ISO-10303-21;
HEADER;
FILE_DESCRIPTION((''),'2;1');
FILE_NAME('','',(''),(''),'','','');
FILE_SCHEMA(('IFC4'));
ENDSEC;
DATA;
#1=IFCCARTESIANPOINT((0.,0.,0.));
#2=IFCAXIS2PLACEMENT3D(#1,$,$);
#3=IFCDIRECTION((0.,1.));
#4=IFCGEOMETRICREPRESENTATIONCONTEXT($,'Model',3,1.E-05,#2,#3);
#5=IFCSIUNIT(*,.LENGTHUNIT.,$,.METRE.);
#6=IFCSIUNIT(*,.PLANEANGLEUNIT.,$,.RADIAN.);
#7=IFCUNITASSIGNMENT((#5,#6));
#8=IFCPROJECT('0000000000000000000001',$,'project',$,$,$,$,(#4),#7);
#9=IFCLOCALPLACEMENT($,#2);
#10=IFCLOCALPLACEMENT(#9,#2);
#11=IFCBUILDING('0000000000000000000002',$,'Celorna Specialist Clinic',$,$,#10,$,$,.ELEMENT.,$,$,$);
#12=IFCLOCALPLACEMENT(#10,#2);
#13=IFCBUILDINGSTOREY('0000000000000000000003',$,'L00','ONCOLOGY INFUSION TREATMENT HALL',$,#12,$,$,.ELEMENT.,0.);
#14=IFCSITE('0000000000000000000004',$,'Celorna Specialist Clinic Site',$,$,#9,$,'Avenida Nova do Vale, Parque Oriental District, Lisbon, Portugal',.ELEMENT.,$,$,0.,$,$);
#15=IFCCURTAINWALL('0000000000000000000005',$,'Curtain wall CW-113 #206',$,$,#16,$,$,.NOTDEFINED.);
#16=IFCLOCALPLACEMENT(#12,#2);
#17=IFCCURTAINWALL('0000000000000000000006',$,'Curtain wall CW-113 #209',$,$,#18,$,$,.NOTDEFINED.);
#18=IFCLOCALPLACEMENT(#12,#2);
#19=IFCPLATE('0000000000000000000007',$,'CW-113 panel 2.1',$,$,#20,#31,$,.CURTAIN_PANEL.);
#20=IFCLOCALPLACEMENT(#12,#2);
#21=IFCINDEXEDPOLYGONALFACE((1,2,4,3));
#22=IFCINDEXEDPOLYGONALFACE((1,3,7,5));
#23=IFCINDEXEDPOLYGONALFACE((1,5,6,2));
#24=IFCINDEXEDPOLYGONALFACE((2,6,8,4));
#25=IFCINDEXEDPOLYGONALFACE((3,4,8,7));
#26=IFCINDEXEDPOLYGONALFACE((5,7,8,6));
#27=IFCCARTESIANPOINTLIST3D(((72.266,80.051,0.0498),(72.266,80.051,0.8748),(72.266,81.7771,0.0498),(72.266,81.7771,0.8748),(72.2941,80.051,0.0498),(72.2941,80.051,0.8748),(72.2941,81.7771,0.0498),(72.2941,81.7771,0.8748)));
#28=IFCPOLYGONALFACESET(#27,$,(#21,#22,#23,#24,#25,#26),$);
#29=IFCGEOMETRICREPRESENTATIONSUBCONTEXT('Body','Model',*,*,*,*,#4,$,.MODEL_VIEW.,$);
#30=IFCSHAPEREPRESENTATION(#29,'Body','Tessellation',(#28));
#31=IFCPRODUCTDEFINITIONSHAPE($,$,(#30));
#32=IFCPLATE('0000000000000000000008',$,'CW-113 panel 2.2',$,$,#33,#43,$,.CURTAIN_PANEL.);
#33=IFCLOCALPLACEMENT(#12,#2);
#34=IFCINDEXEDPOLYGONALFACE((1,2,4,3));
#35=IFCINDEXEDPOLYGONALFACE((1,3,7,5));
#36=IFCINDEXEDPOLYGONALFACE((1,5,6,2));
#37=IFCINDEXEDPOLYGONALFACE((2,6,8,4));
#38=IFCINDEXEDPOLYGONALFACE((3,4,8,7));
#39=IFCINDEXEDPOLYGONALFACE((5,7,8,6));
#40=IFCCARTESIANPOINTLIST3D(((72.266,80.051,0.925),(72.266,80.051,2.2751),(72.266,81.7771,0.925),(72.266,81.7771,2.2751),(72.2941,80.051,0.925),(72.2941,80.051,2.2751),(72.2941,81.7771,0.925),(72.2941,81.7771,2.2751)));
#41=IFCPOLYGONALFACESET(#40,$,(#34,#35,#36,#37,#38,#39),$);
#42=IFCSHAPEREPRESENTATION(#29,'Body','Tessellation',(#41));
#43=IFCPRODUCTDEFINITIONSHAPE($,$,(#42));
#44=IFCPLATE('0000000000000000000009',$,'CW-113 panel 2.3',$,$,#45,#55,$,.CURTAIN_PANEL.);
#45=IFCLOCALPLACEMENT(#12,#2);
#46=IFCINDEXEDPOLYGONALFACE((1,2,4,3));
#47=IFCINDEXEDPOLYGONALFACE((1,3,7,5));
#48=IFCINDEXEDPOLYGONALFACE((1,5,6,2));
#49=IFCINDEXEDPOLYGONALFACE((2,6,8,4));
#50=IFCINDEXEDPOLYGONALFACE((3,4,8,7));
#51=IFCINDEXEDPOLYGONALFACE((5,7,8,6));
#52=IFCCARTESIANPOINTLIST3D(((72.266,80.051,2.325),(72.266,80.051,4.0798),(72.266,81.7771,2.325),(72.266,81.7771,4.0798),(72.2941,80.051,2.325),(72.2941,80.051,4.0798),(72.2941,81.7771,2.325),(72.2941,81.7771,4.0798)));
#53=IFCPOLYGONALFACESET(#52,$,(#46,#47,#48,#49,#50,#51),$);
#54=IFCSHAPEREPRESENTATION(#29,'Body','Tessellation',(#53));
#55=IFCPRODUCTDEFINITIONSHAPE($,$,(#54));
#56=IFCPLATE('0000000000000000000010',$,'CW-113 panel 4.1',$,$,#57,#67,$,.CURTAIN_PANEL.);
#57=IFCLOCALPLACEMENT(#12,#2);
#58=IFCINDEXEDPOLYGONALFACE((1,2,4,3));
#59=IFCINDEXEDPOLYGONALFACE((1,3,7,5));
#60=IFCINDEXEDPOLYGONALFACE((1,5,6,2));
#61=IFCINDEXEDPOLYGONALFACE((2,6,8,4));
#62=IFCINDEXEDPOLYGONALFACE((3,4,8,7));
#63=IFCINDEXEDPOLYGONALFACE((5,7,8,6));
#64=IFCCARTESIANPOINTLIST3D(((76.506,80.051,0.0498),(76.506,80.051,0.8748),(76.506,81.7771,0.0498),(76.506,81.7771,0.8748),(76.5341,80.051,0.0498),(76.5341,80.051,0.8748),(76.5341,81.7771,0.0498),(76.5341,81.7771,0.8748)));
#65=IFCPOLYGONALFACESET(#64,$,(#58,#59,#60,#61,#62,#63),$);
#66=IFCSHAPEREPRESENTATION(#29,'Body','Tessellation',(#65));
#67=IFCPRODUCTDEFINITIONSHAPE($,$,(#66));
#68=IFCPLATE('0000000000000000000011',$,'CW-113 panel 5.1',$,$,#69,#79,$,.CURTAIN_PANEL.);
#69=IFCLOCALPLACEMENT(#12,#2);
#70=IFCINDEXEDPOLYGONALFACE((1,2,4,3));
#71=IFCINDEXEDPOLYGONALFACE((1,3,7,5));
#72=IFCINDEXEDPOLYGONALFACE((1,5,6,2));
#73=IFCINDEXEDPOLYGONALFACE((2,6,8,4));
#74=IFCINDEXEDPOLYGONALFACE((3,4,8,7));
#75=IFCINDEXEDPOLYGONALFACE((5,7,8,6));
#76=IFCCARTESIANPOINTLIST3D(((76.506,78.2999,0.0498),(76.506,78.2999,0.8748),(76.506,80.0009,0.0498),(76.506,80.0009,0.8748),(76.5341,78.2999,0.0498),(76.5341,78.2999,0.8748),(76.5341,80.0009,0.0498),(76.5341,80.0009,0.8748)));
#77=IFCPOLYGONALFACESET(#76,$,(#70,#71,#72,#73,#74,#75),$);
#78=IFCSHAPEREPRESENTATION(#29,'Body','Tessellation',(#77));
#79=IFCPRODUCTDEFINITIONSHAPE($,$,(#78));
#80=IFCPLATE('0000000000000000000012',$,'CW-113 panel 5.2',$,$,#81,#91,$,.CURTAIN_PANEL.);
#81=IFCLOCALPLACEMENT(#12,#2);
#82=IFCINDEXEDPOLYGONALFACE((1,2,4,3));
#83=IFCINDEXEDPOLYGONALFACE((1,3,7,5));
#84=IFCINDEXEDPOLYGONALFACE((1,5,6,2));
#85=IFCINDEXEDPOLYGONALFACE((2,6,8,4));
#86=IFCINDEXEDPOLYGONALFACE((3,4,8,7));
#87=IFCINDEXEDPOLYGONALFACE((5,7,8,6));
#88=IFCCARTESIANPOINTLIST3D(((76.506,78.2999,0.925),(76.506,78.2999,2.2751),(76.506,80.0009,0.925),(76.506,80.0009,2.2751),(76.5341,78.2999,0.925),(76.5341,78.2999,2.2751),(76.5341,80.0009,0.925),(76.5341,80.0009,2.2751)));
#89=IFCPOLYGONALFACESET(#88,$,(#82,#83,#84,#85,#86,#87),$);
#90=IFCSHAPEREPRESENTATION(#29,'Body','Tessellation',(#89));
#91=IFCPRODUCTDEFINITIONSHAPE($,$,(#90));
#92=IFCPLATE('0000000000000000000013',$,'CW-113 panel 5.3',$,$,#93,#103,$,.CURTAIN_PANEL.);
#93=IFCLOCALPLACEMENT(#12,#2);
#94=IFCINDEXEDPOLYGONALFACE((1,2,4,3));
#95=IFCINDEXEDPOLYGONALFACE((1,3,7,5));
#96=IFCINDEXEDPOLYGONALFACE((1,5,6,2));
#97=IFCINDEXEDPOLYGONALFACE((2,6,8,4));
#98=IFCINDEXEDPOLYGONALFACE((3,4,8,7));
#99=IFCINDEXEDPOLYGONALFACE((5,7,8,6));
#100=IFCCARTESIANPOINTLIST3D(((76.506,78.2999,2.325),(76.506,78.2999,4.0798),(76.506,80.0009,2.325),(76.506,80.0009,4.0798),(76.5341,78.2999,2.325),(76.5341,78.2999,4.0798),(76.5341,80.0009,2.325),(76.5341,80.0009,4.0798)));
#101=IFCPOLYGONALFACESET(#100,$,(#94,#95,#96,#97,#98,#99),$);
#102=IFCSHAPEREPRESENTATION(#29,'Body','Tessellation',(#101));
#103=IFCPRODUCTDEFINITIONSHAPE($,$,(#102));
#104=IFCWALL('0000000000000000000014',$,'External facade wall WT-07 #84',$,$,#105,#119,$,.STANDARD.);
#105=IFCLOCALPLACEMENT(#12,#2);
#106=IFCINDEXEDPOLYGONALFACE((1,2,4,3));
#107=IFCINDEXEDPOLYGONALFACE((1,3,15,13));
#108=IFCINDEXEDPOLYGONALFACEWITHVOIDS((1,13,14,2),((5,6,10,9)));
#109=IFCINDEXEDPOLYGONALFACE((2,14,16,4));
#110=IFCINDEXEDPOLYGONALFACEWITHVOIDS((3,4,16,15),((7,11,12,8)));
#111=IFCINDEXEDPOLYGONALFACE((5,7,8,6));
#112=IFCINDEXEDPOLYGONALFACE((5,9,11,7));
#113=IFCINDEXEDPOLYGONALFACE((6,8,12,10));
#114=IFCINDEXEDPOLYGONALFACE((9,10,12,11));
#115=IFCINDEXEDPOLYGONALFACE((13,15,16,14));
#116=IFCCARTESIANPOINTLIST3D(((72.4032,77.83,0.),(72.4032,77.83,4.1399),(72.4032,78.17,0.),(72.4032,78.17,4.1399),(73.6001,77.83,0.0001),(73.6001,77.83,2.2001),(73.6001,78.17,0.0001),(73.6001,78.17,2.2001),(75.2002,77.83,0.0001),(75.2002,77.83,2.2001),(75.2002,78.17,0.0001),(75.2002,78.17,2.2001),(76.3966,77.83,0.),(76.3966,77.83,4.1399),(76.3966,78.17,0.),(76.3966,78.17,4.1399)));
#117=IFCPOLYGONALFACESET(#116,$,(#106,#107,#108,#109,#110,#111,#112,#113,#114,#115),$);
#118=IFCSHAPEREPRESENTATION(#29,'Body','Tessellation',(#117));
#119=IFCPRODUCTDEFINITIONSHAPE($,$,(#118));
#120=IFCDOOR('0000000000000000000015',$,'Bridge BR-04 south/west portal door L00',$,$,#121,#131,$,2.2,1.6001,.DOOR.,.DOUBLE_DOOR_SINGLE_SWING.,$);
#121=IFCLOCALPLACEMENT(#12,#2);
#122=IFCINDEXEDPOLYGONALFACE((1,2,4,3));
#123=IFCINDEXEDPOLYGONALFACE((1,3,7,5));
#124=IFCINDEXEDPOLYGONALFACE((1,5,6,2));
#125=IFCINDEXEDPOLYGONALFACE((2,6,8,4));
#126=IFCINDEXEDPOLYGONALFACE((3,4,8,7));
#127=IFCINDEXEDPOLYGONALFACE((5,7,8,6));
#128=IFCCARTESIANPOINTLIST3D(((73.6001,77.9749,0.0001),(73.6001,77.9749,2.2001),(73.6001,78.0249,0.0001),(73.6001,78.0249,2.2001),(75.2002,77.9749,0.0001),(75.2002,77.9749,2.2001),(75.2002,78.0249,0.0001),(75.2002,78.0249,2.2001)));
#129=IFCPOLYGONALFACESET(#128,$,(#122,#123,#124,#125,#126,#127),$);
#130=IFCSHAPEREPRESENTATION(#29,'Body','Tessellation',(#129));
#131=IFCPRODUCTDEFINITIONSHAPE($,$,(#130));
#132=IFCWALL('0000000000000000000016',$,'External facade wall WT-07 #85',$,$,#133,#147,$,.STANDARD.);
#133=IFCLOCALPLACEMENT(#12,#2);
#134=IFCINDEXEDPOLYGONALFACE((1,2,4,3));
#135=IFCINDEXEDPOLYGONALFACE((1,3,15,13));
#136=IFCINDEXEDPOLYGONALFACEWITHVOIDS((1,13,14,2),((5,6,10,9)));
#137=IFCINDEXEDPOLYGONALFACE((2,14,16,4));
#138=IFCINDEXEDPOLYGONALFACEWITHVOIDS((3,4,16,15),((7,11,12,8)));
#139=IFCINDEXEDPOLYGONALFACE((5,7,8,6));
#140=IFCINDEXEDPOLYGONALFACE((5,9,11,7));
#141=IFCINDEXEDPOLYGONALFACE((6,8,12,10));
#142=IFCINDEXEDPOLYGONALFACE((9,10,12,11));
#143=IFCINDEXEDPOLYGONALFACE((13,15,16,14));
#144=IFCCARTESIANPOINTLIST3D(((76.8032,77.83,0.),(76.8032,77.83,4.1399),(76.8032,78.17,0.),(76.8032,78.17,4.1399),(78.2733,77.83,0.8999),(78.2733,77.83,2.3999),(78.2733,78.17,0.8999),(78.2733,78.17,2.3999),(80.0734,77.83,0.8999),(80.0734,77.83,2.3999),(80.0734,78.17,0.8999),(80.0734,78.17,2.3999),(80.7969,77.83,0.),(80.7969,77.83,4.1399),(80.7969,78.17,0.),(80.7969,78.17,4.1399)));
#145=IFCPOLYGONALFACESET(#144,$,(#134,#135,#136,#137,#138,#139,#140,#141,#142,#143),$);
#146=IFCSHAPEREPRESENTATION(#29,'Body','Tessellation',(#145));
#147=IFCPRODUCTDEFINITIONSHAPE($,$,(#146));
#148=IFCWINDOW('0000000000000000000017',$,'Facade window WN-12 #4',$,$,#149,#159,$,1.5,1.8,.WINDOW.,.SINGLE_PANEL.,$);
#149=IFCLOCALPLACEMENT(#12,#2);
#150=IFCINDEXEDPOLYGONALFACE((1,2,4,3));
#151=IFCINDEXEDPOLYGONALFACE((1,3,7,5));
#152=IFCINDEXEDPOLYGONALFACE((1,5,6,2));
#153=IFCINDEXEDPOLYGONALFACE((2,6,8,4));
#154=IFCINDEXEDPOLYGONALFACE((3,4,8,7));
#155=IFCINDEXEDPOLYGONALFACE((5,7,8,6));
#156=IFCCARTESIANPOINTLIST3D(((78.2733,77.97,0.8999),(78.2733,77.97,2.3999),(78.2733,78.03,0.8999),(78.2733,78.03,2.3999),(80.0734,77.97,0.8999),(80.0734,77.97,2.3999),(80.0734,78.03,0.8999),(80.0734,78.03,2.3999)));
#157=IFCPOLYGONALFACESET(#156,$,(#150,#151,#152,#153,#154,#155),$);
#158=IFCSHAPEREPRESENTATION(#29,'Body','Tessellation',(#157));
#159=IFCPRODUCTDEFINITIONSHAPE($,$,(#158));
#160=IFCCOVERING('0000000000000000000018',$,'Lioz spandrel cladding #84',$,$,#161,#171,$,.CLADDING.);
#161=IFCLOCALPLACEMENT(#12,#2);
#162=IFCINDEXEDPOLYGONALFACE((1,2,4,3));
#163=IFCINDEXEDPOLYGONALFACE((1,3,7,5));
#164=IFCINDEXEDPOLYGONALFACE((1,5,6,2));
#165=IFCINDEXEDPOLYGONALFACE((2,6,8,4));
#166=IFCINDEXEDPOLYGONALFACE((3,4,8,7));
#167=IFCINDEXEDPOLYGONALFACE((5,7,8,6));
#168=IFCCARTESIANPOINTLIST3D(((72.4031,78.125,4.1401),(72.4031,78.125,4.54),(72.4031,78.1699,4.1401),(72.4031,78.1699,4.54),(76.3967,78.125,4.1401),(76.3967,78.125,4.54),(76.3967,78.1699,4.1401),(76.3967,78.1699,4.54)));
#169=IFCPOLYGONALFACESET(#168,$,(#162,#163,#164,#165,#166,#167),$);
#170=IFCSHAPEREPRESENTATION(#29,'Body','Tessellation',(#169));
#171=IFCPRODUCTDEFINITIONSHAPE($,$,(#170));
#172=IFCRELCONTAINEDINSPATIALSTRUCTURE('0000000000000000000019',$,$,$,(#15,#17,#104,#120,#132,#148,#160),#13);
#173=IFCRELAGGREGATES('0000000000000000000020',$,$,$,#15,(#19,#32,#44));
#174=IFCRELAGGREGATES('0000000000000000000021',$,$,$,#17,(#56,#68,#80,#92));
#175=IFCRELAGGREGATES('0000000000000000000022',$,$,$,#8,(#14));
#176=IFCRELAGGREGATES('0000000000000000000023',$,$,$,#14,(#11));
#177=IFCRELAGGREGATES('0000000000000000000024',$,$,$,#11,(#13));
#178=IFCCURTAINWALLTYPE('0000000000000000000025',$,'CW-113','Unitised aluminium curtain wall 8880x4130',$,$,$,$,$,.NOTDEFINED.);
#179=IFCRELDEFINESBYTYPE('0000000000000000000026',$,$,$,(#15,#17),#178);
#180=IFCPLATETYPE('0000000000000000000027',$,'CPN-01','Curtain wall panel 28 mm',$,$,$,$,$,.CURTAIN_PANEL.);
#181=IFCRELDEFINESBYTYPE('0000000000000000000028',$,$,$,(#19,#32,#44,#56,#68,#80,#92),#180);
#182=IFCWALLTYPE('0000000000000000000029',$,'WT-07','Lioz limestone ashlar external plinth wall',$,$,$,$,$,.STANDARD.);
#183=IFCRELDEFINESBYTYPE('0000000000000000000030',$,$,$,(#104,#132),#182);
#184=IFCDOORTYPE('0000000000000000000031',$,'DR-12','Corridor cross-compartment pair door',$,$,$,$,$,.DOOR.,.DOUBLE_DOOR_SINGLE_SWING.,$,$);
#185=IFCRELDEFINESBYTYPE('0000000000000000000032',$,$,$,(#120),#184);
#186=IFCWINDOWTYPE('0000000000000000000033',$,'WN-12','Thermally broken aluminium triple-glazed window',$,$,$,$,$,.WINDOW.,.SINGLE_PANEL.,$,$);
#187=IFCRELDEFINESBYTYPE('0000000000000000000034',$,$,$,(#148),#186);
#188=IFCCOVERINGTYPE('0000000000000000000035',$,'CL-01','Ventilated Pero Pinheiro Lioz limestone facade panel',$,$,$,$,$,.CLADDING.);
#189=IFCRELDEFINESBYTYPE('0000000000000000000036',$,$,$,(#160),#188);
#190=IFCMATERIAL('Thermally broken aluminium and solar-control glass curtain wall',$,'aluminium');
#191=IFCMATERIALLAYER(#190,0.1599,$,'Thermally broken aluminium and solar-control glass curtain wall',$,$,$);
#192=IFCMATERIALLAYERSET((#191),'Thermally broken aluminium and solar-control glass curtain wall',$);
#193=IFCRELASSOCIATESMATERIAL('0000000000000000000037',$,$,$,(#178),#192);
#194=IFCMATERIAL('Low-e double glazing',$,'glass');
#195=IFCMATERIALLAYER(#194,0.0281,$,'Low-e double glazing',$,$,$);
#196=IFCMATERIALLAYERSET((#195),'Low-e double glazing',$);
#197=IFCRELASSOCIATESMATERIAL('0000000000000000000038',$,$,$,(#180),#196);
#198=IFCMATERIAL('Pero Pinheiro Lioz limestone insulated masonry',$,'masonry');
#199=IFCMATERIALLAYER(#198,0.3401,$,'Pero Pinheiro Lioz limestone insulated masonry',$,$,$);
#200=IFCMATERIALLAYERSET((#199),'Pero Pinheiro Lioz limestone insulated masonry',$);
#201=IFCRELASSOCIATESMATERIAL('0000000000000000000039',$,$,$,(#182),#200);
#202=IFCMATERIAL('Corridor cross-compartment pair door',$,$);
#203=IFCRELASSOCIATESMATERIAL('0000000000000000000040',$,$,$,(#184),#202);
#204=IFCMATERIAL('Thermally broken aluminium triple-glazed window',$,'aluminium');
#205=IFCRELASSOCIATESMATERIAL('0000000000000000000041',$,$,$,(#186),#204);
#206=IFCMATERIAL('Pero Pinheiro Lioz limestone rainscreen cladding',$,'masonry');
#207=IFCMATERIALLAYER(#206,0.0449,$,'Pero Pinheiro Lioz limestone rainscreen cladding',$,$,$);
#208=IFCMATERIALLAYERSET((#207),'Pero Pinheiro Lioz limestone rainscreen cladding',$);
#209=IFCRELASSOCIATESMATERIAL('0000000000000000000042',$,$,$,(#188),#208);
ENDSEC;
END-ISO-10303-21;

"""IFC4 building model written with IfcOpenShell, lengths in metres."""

from ifc_helpers import new_model, si_unit, direction, frame, frame_2d, origin, origin_2d, place, context, subcontext, project, spatial, rectangle, extrude, material, layer, layer_set, type_object, element, fill, aggregate, save


model = new_model("IFC4")

# Units and contexts
model_context = context("Model", 3, precision=1e-05, world=origin(), true_north=direction((0.0, 1.0)))
body_context = subcontext(model_context, "Body", "Model", "MODEL_VIEW")
ifc_project = project(units=[si_unit("LENGTHUNIT", "METRE"), si_unit("PLANEANGLEUNIT", "RADIAN")], contexts=[model_context])

# Site, building, storey
site_placement = place(None, origin())
site = spatial("IfcSite", under=ifc_project, at=site_placement, Name="Celorna Specialist Clinic Site", LongName="Avenida Nova do Vale, Parque Oriental District, Lisbon, Portugal", CompositionType="ELEMENT", RefElevation=0.0)
building_placement = place(site_placement, origin())
building = spatial("IfcBuilding", under=site, at=building_placement, Name="Celorna Specialist Clinic", CompositionType="ELEMENT")
storey_placement = place(building_placement, origin())
storey = spatial("IfcBuildingStorey", under=building, at=storey_placement, Name="L00", Description="ONCOLOGY INFUSION TREATMENT HALL", CompositionType="ELEMENT", Elevation=0.0)

# Curtain wall
ifc_material_1 = material(Name="Thermally broken aluminium and solar-control glass curtain wall", Category="aluminium")
ifc_layer_1 = layer(ifc_material_1, 0.1599, Name="Thermally broken aluminium and solar-control glass curtain wall")
ifc_layer_set_1 = layer_set([ifc_layer_1], Name="Thermally broken aluminium and solar-control glass curtain wall")
curtain_wall_type = type_object("IfcCurtainWallType", Name="CW-113", Description="Unitised aluminium curtain wall 8880x4130", PredefinedType="NOTDEFINED", material=ifc_layer_set_1)
curtain_wall_1_placement = place(storey_placement, origin())
curtain_wall_1 = element("IfcCurtainWall", 1, at=curtain_wall_1_placement, inside=storey, type_object=curtain_wall_type, Name="Curtain wall CW-113 #206", PredefinedType="NOTDEFINED")

# Curtain wall
curtain_wall_2_placement = place(storey_placement, origin())
curtain_wall_2 = element("IfcCurtainWall", 2, at=curtain_wall_2_placement, inside=storey, type_object=curtain_wall_type, Name="Curtain wall CW-113 #209", PredefinedType="NOTDEFINED")

# Plates
ifc_material_2 = material(Name="Low-e double glazing", Category="glass")
ifc_layer_2 = layer(ifc_material_2, 0.0281, Name="Low-e double glazing")
ifc_layer_set_2 = layer_set([ifc_layer_2], Name="Low-e double glazing")
plate_type = type_object("IfcPlateType", Name="CPN-01", Description="Curtain wall panel 28 mm", PredefinedType="CURTAIN_PANEL", material=ifc_layer_set_2)
plate_1_placement = place(storey_placement, frame((72.28, 80.9141, 0.0498), z_axis=(0.0, 0.0, 1.0), x_axis=(0.0, 1.0, 0.0)))
plate_1 = element("IfcPlate", 3, at=plate_1_placement, type_object=plate_type, Name="CW-113 panel 2.1", PredefinedType="CURTAIN_PANEL", context=body_context, shape_type="SweptSolid", body=[
    extrude(rectangle(XDim=1.7261, YDim=0.0281, at=origin_2d()), origin(), (0.0, 0.0, 1.0), 0.825),
])
plate_2_placement = place(storey_placement, frame((72.28, 80.9141, 0.925), z_axis=(0.0, 0.0, 1.0), x_axis=(0.0, 1.0, 0.0)))
plate_2 = element("IfcPlate", 4, at=plate_2_placement, type_object=plate_type, Name="CW-113 panel 2.2", PredefinedType="CURTAIN_PANEL", context=body_context, shape_type="SweptSolid", body=[
    extrude(rectangle(XDim=1.7261, YDim=0.0281, at=origin_2d()), origin(), (0.0, 0.0, 1.0), 1.3501),
])
plate_3_placement = place(storey_placement, frame((72.28, 80.9141, 2.325), z_axis=(0.0, 0.0, 1.0), x_axis=(0.0, 1.0, 0.0)))
plate_3 = element("IfcPlate", 5, at=plate_3_placement, type_object=plate_type, Name="CW-113 panel 2.3", PredefinedType="CURTAIN_PANEL", context=body_context, shape_type="SweptSolid", body=[
    extrude(rectangle(XDim=1.7261, YDim=0.0281, at=origin_2d()), origin(), (0.0, 0.0, 1.0), 1.7549),
])
aggregate(curtain_wall_1, [plate_1, plate_2, plate_3])
plate_4_placement = place(storey_placement, frame((76.52, 80.9141, 0.0498), z_axis=(0.0, 0.0, 1.0), x_axis=(0.0, -1.0, 0.0)))
plate_4 = element("IfcPlate", 6, at=plate_4_placement, type_object=plate_type, Name="CW-113 panel 4.1", PredefinedType="CURTAIN_PANEL", context=body_context, shape_type="SweptSolid", body=[
    extrude(rectangle(XDim=1.7261, YDim=0.0281, at=origin_2d()), origin(), (0.0, 0.0, 1.0), 0.825),
])
plate_5_placement = place(storey_placement, frame((76.52, 79.1504, 0.0498), z_axis=(0.0, 0.0, 1.0), x_axis=(0.0, -1.0, 0.0)))
plate_5 = element("IfcPlate", 7, at=plate_5_placement, type_object=plate_type, Name="CW-113 panel 5.1", PredefinedType="CURTAIN_PANEL", context=body_context, shape_type="SweptSolid", body=[
    extrude(rectangle(XDim=1.7009, YDim=0.0281, at=origin_2d()), origin(), (0.0, 0.0, 1.0), 0.825),
])
plate_6_placement = place(storey_placement, frame((76.52, 79.1504, 0.925), z_axis=(0.0, 0.0, 1.0), x_axis=(0.0, -1.0, 0.0)))
plate_6 = element("IfcPlate", 8, at=plate_6_placement, type_object=plate_type, Name="CW-113 panel 5.2", PredefinedType="CURTAIN_PANEL", context=body_context, shape_type="SweptSolid", body=[
    extrude(rectangle(XDim=1.7009, YDim=0.0281, at=origin_2d()), origin(), (0.0, 0.0, 1.0), 1.3501),
])
plate_7_placement = place(storey_placement, frame((76.52, 79.1504, 2.325), z_axis=(0.0, 0.0, 1.0), x_axis=(0.0, -1.0, 0.0)))
plate_7 = element("IfcPlate", 9, at=plate_7_placement, type_object=plate_type, Name="CW-113 panel 5.3", PredefinedType="CURTAIN_PANEL", context=body_context, shape_type="SweptSolid", body=[
    extrude(rectangle(XDim=1.7009, YDim=0.0281, at=origin_2d()), origin(), (0.0, 0.0, 1.0), 1.7549),
])
aggregate(curtain_wall_2, [plate_4, plate_5, plate_6, plate_7])

# Wall, opening, door
ifc_material_3 = material(Name="Pero Pinheiro Lioz limestone insulated masonry", Category="masonry")
ifc_layer_3 = layer(ifc_material_3, 0.3401, Name="Pero Pinheiro Lioz limestone insulated masonry")
ifc_layer_set_3 = layer_set([ifc_layer_3], Name="Pero Pinheiro Lioz limestone insulated masonry")
wall_type = type_object("IfcWallType", Name="WT-07", Description="Lioz limestone ashlar external plinth wall", PredefinedType="STANDARD", material=ifc_layer_set_3)
wall_1_placement = place(storey_placement, frame((72.4033, 78.0, 0.0), z_axis=(0.0, 0.0, 1.0), x_axis=(1.0, 0.0, 0.0)))
wall_1 = element("IfcWall", 10, at=wall_1_placement, inside=storey, type_object=wall_type, Name="External facade wall WT-07 #84", PredefinedType="STANDARD", context=body_context, shape_type="SweptSolid", body=[
    extrude(rectangle(XDim=3.9934, YDim=0.3401, at=frame_2d((1.9966, 0.0))), origin(), (0.0, 0.0, 1.0), 4.1399),
])
opening_1_placement = place(wall_1_placement, frame((1.1968, 0.0, 0.0)))
opening_1 = element("IfcOpeningElement", 11, at=opening_1_placement, cuts=wall_1, PredefinedType="OPENING", context=body_context, shape_type="SweptSolid", body=[
    extrude(rectangle(XDim=1.6001, YDim=2.2, at=frame_2d((0.8, 1.1001))), frame((0.0, 0.1799, 0.0), z_axis=(0.0, -1.0, 0.0), x_axis=(1.0, 0.0, 0.0)), (0.0, 0.0, 1.0), 0.3601),
])
ifc_material_4 = material(Name="Corridor cross-compartment pair door")
door_type = type_object("IfcDoorType", Name="DR-12", Description="Corridor cross-compartment pair door", OperationType="DOUBLE_DOOR_SINGLE_SWING", PredefinedType="DOOR", material=ifc_material_4)
door_placement = place(opening_1_placement, origin())
door = element("IfcDoor", 12, at=door_placement, inside=storey, type_object=door_type, Name="Bridge BR-04 south/west portal door L00", OperationType="DOUBLE_DOOR_SINGLE_SWING", OverallHeight=2.2, OverallWidth=1.6001, PredefinedType="DOOR", context=body_context, shape_type="SweptSolid", body=[
    extrude(rectangle(XDim=1.6001, YDim=2.2, at=frame_2d((0.8, 1.1001))), frame((0.0, 0.0249, 0.0), z_axis=(0.0, -1.0, 0.0), x_axis=(1.0, 0.0, 0.0)), (0.0, 0.0, 1.0), 0.05),
])
fill(opening_1, door)

# Wall, opening, window
wall_2_placement = place(storey_placement, frame((76.8032, 78.0, 0.0), z_axis=(0.0, 0.0, 1.0), x_axis=(1.0, 0.0, 0.0)))
wall_2 = element("IfcWall", 13, at=wall_2_placement, inside=storey, type_object=wall_type, Name="External facade wall WT-07 #85", PredefinedType="STANDARD", context=body_context, shape_type="SweptSolid", body=[
    extrude(rectangle(XDim=3.9937, YDim=0.3401, at=frame_2d((1.9968, 0.0))), origin(), (0.0, 0.0, 1.0), 4.1399),
])
opening_2_placement = place(wall_2_placement, frame((1.4702, 0.0, 0.8999)))
opening_2 = element("IfcOpeningElement", 14, at=opening_2_placement, cuts=wall_2, PredefinedType="OPENING", context=body_context, shape_type="SweptSolid", body=[
    extrude(rectangle(XDim=1.8, YDim=1.5, at=frame_2d((0.8999, 0.75))), frame((0.0, 0.1799, 0.0), z_axis=(0.0, -1.0, 0.0), x_axis=(1.0, 0.0, 0.0)), (0.0, 0.0, 1.0), 0.3601),
])
ifc_material_5 = material(Name="Thermally broken aluminium triple-glazed window", Category="aluminium")
window_type = type_object("IfcWindowType", Name="WN-12", Description="Thermally broken aluminium triple-glazed window", PartitioningType="SINGLE_PANEL", PredefinedType="WINDOW", material=ifc_material_5)
window_placement = place(opening_2_placement, origin())
window = element("IfcWindow", 15, at=window_placement, inside=storey, type_object=window_type, Name="Facade window WN-12 #4", OverallHeight=1.5, OverallWidth=1.8, PartitioningType="SINGLE_PANEL", PredefinedType="WINDOW", context=body_context, shape_type="SweptSolid", body=[
    extrude(rectangle(XDim=1.8, YDim=1.5, at=frame_2d((0.8999, 0.75))), frame((0.0, 0.03, 0.0), z_axis=(0.0, -1.0, 0.0), x_axis=(1.0, 0.0, 0.0)), (0.0, 0.0, 1.0), 0.0601),
])
fill(opening_2, window)

# Covering
ifc_material_6 = material(Name="Pero Pinheiro Lioz limestone rainscreen cladding", Category="masonry")
ifc_layer_4 = layer(ifc_material_6, 0.0449, Name="Pero Pinheiro Lioz limestone rainscreen cladding")
ifc_layer_set_4 = layer_set([ifc_layer_4], Name="Pero Pinheiro Lioz limestone rainscreen cladding")
covering_type = type_object("IfcCoveringType", Name="CL-01", Description="Ventilated Pero Pinheiro Lioz limestone facade panel", PredefinedType="CLADDING", material=ifc_layer_set_4)
covering_placement = place(storey_placement, frame((74.3999, 78.1475, 4.1401), z_axis=(0.0, 0.0, 1.0), x_axis=(1.0, 0.0, 0.0)))
element("IfcCovering", 16, at=covering_placement, inside=storey, type_object=covering_type, Name="Lioz spandrel cladding #84", PredefinedType="CLADDING", context=body_context, shape_type="SweptSolid", body=[
    extrude(rectangle(XDim=3.9937, YDim=0.0449, at=origin_2d()), origin(), (0.0, 0.0, 1.0), 0.3999),
])

save(model, "model.ifc")
